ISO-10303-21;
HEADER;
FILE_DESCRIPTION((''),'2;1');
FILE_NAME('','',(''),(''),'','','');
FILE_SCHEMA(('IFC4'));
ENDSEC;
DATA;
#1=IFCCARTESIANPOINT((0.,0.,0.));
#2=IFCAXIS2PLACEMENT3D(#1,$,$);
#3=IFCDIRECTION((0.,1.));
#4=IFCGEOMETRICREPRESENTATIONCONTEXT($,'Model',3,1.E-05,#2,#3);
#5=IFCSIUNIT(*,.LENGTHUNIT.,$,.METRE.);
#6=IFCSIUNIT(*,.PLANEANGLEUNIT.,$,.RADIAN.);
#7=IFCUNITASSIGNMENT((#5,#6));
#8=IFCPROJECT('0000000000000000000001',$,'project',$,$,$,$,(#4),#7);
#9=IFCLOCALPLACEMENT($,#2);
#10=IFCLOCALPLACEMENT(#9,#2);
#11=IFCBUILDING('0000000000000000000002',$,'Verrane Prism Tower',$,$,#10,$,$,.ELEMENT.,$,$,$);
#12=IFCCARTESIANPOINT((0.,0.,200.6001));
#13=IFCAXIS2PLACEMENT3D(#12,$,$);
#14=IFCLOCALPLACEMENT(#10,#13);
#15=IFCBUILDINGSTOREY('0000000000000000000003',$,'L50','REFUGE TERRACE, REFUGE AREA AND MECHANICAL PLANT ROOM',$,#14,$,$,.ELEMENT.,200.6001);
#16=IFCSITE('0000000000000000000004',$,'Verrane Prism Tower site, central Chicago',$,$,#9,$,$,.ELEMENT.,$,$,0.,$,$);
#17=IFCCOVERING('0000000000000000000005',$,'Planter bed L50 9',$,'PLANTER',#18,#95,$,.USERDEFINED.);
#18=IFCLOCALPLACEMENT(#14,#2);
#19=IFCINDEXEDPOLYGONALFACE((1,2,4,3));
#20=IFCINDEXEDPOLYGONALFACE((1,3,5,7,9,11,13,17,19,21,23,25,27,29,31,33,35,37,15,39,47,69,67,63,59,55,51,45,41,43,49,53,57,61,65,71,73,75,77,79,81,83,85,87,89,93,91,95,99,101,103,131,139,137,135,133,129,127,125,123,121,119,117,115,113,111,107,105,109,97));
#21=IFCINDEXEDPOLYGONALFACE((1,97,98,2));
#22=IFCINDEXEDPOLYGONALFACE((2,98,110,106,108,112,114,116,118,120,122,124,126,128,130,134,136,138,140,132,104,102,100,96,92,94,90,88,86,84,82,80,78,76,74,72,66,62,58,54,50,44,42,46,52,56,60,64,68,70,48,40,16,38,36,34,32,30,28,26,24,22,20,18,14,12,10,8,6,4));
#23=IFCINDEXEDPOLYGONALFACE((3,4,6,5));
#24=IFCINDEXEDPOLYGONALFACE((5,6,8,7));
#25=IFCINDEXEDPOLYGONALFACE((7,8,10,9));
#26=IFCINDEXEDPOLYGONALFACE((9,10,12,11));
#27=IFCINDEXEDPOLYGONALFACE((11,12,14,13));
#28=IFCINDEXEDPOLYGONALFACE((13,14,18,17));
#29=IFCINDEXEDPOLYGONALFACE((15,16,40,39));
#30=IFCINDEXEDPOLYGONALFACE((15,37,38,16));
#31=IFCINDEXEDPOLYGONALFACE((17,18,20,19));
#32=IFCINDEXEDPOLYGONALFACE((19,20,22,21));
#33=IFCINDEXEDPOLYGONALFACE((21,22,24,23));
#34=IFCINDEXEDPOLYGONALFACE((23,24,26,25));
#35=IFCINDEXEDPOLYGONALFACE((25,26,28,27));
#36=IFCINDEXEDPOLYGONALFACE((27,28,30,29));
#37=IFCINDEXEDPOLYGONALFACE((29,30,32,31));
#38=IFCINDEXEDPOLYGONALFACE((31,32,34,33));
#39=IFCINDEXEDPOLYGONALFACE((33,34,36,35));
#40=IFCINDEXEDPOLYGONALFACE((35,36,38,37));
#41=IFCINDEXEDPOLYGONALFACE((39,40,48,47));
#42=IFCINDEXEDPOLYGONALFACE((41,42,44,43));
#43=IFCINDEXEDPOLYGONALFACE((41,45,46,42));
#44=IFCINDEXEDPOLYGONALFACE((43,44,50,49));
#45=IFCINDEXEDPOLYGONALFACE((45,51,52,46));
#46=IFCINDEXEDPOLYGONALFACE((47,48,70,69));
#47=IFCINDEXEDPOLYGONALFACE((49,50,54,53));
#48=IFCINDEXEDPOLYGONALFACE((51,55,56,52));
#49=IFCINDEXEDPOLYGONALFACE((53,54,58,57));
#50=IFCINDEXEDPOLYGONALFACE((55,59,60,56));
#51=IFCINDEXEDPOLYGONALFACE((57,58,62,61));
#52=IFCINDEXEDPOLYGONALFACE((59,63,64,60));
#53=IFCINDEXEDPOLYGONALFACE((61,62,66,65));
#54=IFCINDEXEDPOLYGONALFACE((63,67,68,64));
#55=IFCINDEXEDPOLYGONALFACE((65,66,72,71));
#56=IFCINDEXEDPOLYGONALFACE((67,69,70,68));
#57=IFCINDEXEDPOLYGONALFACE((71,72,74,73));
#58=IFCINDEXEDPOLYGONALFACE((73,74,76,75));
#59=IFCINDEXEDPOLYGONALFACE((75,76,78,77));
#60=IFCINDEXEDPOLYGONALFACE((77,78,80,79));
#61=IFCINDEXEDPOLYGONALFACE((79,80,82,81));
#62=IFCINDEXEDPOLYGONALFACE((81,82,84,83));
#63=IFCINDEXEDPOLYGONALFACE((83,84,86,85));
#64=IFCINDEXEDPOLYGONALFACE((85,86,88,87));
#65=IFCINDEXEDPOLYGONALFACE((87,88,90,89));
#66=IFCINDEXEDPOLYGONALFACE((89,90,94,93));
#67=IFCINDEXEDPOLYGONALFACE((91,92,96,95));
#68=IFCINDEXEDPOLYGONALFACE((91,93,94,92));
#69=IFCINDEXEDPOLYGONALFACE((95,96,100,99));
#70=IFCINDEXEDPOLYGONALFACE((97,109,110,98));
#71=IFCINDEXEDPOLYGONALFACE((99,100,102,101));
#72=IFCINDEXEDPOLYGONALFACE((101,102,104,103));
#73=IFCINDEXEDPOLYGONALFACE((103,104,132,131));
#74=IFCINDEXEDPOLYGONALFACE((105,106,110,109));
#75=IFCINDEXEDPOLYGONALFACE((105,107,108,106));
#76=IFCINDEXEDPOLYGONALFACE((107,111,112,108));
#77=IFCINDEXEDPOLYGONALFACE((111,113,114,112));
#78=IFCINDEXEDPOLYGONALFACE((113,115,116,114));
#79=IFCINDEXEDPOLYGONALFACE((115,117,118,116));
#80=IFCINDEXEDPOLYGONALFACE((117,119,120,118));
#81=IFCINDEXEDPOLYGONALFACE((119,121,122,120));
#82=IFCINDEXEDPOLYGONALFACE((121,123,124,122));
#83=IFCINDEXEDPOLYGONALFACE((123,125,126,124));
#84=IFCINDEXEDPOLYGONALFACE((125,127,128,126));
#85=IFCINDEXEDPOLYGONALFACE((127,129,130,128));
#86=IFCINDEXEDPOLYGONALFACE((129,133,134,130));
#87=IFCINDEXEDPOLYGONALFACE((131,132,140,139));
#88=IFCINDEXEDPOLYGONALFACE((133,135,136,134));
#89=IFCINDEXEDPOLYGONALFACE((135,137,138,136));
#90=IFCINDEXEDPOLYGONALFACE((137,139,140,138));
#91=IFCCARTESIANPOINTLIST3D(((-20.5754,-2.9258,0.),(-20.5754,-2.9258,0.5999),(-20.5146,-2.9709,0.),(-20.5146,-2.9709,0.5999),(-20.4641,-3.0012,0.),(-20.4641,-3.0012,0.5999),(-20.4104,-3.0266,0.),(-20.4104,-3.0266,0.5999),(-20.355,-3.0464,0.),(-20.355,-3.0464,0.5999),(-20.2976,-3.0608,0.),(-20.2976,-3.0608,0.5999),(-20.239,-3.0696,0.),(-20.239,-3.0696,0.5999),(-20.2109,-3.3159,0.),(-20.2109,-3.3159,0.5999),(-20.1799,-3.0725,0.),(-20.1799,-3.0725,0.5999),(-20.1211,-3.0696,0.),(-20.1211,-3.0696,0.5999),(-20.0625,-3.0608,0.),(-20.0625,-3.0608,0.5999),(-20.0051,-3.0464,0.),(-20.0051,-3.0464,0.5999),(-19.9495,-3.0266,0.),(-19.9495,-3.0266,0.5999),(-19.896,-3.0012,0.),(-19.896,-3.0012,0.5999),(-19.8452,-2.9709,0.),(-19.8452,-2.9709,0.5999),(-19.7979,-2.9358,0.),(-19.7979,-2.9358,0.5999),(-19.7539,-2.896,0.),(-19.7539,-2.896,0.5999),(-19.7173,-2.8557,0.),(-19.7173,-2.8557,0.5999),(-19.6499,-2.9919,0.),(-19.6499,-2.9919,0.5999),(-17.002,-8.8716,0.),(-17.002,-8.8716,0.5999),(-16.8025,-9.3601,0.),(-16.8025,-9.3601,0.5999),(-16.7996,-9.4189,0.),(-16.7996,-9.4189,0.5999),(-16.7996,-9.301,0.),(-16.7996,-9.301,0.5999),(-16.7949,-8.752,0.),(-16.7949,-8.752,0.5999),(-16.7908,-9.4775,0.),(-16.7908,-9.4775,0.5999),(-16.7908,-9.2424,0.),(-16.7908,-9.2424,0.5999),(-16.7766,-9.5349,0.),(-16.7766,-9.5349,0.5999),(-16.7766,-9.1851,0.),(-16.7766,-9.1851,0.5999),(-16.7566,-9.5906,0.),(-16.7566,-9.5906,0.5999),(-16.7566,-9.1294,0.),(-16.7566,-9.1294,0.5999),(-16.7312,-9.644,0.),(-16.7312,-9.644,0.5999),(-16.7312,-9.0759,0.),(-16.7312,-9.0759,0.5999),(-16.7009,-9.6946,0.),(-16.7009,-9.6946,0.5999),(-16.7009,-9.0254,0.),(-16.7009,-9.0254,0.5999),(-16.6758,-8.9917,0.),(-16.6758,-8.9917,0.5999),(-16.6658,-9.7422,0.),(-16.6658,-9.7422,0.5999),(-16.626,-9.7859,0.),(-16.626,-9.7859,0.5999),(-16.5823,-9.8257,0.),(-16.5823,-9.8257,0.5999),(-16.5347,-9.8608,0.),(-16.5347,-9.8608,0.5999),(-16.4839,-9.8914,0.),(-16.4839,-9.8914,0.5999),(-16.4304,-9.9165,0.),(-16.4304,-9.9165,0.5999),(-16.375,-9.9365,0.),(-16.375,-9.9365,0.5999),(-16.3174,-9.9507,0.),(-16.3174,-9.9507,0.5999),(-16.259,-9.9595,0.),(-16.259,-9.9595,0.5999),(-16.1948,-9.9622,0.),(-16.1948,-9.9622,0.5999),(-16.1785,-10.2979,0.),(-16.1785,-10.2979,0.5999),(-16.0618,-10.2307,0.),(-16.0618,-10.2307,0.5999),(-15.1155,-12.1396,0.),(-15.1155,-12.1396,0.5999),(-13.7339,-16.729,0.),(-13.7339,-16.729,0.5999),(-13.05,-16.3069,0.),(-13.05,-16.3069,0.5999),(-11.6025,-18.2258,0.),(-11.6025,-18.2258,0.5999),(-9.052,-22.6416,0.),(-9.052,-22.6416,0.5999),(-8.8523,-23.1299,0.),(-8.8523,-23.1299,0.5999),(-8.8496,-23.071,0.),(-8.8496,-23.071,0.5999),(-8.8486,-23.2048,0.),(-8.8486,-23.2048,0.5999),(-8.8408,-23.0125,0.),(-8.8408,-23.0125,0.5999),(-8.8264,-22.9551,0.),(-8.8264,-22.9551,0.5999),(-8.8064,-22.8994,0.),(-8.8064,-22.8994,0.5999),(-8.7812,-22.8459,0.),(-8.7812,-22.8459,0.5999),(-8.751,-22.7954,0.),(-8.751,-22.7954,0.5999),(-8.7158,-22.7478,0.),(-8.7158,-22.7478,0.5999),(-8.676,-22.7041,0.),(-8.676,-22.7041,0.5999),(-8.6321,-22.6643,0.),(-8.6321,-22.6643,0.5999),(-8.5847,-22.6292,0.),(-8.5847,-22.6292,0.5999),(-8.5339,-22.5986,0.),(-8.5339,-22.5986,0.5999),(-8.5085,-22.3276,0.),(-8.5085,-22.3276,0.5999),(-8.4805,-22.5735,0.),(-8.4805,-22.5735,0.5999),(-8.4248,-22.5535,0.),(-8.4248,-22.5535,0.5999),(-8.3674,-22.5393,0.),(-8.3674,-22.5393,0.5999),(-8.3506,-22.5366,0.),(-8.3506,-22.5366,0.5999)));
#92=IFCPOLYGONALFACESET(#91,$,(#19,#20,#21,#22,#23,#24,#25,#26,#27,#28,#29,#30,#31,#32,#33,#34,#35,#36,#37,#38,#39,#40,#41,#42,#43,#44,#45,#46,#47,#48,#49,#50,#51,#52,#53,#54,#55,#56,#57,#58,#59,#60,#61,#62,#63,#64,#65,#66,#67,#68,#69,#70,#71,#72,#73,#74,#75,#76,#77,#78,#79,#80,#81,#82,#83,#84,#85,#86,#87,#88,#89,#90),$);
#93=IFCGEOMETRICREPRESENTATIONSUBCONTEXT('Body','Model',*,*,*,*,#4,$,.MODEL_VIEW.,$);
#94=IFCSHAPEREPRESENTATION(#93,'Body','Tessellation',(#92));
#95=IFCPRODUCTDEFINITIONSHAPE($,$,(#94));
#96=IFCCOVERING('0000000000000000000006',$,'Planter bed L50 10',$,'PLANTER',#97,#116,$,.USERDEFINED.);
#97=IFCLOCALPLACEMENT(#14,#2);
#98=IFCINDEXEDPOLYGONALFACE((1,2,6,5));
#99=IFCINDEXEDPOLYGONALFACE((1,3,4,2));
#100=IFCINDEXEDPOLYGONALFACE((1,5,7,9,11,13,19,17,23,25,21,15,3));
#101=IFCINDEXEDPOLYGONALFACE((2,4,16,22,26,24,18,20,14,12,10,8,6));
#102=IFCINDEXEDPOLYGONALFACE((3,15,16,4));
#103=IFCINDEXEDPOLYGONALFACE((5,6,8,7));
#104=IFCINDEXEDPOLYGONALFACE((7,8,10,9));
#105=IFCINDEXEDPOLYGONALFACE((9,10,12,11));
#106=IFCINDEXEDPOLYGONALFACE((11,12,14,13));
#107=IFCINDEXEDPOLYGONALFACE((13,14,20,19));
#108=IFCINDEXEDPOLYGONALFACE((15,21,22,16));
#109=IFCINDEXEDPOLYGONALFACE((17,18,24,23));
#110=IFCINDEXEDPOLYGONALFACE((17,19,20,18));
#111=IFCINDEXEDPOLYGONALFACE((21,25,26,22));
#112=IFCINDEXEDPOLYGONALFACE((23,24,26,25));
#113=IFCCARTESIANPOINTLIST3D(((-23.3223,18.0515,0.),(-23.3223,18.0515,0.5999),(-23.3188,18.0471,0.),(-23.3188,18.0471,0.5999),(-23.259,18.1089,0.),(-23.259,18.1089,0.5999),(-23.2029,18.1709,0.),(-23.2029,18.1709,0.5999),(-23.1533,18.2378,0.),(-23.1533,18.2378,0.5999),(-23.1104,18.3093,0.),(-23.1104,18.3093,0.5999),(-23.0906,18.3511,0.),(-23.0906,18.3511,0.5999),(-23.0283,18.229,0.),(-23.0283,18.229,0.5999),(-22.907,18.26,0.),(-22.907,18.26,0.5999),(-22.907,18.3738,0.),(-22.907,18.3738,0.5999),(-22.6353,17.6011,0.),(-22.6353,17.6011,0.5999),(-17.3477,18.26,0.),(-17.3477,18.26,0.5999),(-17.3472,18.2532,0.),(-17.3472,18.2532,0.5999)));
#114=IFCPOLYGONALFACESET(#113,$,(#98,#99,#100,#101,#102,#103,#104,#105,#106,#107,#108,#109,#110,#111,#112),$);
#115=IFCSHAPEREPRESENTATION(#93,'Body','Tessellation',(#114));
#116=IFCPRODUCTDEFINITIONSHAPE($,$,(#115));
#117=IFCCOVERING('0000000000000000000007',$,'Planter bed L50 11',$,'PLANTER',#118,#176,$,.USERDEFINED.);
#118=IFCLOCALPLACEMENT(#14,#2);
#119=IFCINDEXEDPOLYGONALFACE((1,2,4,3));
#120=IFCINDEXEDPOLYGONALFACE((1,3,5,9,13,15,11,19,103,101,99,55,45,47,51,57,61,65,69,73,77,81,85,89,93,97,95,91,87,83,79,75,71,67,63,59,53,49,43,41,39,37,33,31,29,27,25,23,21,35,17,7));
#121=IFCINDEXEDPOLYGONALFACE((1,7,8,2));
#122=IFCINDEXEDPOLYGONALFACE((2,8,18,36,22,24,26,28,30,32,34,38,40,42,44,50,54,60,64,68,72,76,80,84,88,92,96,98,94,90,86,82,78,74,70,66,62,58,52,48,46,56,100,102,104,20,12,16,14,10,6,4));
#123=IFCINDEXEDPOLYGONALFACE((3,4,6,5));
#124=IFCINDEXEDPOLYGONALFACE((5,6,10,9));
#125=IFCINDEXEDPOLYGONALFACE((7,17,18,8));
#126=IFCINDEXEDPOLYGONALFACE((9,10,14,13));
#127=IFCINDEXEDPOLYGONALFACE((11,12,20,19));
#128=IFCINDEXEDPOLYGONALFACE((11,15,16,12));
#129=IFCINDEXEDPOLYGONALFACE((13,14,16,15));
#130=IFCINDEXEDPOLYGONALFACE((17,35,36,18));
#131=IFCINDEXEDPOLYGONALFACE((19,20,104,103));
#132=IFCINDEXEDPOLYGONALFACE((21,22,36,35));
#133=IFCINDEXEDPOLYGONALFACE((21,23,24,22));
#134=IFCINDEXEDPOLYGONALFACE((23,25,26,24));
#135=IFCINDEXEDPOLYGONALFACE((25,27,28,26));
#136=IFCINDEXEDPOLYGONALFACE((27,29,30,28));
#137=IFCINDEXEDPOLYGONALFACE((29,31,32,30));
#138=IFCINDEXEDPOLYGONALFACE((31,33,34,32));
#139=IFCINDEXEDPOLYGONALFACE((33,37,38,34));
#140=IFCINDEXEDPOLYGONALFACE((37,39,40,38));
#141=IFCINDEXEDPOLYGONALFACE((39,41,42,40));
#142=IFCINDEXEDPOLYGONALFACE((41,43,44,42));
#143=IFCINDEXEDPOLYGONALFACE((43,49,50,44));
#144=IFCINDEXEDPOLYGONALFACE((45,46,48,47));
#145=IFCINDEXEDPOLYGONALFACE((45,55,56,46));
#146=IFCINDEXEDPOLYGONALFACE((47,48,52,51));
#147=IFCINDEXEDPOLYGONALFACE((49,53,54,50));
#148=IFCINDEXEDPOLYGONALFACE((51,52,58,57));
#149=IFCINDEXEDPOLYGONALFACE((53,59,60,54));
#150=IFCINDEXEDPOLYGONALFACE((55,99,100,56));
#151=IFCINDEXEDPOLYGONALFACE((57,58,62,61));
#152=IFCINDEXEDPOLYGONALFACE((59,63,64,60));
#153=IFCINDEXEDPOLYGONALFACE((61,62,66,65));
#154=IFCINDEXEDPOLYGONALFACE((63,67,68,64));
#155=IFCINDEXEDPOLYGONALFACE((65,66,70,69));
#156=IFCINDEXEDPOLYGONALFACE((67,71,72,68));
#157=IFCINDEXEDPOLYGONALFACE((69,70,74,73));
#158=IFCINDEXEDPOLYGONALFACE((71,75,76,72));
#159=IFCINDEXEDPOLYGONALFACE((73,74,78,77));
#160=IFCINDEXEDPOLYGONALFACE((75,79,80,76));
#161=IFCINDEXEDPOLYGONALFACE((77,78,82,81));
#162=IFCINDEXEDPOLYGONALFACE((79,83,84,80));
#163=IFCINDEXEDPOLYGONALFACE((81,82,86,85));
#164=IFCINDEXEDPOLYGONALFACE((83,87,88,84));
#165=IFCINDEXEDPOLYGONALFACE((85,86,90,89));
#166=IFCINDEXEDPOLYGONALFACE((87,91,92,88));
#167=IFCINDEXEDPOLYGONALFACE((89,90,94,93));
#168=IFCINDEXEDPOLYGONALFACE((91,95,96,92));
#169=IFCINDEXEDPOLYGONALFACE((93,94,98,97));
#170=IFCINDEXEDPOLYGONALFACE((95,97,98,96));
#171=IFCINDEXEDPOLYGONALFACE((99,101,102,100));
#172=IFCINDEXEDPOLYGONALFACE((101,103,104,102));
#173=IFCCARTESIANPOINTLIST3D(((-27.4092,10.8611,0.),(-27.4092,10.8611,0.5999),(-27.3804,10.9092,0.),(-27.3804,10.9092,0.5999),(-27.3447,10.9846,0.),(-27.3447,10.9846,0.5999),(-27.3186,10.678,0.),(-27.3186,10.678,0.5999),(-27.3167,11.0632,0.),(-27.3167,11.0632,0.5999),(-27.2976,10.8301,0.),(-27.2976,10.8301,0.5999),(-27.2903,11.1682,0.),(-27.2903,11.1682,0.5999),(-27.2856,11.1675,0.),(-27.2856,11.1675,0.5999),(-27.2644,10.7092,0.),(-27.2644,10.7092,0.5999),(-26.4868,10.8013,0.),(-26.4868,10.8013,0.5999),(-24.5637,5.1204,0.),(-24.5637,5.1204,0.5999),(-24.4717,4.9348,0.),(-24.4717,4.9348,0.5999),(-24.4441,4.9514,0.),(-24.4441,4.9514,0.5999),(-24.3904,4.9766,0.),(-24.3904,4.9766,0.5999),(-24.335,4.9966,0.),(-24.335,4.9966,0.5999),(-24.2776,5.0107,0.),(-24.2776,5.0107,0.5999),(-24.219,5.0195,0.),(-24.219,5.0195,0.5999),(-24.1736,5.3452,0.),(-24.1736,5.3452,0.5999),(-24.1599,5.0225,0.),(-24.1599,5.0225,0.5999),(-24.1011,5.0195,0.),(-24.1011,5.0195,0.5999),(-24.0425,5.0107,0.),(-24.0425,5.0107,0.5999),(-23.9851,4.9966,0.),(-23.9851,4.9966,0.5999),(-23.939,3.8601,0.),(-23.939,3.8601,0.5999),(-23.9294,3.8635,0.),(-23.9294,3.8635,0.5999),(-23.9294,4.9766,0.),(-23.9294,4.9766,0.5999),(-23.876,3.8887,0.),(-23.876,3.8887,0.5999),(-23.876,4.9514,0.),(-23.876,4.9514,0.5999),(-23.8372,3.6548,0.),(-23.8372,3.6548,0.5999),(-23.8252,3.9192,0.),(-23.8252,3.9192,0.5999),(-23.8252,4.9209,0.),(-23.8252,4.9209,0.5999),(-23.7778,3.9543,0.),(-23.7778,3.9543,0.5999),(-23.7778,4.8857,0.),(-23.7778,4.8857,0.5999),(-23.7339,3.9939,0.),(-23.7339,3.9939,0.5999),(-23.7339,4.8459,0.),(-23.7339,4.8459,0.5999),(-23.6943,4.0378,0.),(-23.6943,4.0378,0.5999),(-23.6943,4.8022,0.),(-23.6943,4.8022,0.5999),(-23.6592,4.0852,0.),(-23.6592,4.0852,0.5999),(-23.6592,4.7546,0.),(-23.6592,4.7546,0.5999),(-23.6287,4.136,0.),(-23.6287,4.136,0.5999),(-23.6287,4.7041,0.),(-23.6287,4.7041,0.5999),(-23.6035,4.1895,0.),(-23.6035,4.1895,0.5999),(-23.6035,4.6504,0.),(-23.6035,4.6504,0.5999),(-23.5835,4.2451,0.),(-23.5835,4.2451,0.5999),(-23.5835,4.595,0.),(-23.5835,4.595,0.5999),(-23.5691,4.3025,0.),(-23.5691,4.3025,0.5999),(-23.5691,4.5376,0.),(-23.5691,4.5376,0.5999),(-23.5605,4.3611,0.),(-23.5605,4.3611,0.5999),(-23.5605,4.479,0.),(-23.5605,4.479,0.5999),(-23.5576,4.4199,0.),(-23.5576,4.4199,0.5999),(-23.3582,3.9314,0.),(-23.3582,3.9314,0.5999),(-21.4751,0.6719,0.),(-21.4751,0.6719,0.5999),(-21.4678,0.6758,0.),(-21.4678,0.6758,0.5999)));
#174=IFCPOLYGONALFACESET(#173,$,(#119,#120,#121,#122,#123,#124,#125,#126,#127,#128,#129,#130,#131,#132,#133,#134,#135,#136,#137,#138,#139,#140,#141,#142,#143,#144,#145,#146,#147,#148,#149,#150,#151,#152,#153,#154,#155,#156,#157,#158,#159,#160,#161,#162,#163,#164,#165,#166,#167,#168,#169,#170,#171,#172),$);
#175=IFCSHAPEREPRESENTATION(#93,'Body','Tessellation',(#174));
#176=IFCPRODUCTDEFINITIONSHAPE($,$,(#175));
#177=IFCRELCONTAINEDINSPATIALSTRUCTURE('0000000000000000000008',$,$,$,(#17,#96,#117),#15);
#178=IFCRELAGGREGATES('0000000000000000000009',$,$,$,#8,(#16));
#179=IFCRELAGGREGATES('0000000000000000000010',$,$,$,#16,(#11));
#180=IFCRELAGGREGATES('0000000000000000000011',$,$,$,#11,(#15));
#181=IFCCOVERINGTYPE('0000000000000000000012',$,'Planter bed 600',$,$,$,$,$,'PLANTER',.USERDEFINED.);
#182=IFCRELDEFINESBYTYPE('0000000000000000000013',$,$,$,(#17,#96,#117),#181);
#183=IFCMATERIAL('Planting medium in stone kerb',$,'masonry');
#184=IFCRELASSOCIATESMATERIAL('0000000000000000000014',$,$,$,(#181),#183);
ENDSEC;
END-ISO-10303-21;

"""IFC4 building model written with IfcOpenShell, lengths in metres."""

from ifc_helpers import new_model, si_unit, direction, frame, origin, place, context, subcontext, project, spatial, polyline, outline, extrude, material, type_object, element, save


model = new_model("IFC4")

# Units and contexts
model_context = context("Model", 3, precision=1e-05, world=origin(), true_north=direction((0.0, 1.0)))
body_context = subcontext(model_context, "Body", "Model", "MODEL_VIEW")
ifc_project = project(units=[si_unit("LENGTHUNIT", "METRE"), si_unit("PLANEANGLEUNIT", "RADIAN")], contexts=[model_context])

# Site, building, storey
site_placement = place(None, origin())
site = spatial("IfcSite", under=ifc_project, at=site_placement, Name="Verrane Prism Tower site, central Chicago", CompositionType="ELEMENT", RefElevation=0.0)
building_placement = place(site_placement, origin())
building = spatial("IfcBuilding", under=site, at=building_placement, Name="Verrane Prism Tower", CompositionType="ELEMENT")
storey_placement = place(building_placement, frame((0.0, 0.0, 200.6001)))
storey = spatial("IfcBuildingStorey", under=building, at=storey_placement, Name="L50", Description="REFUGE TERRACE, REFUGE AREA AND MECHANICAL PLANT ROOM", CompositionType="ELEMENT", Elevation=200.6001)

# Coverings
ifc_material_1 = material(Name="Planting medium in stone kerb", Category="masonry")
covering_type_1 = type_object("IfcCoveringType", Name="Planter bed 600", ElementType="PLANTER", PredefinedType="USERDEFINED", material=ifc_material_1)
covering_1_placement = place(storey_placement, origin())
element("IfcCovering", 1, at=covering_1_placement, inside=storey, type_object=covering_type_1, Name="Planter bed L50 9", ObjectType="PLANTER", PredefinedType="USERDEFINED", context=body_context, shape_type="SweptSolid", body=[
    extrude(outline(polyline([(-13.7339, -16.729), (-8.8486, -23.2048), (-8.8523, -23.1299), (-8.8496, -23.071), (-8.8408, -23.0125), (-8.8264, -22.9551), (-8.8064, -22.8994), (-8.7812, -22.8459), (-8.751, -22.7954), (-8.7158, -22.7478), (-8.676, -22.7041), (-8.6321, -22.6643), (-8.5847, -22.6292), (-8.5339, -22.5986), (-8.4805, -22.5735), (-8.4248, -22.5535), (-8.3674, -22.5393), (-8.3506, -22.5366), (-8.5085, -22.3276), (-9.052, -22.6416), (-11.6025, -18.2258), (-13.05, -16.3069), (-15.1155, -12.1396), (-16.1785, -10.2979), (-16.0618, -10.2307), (-16.1948, -9.9622), (-16.259, -9.9595), (-16.3174, -9.9507), (-16.375, -9.9365), (-16.4304, -9.9165), (-16.4839, -9.8914), (-16.5347, -9.8608), (-16.5823, -9.8257), (-16.626, -9.7859), (-16.6658, -9.7422), (-16.7009, -9.6946), (-16.7312, -9.644), (-16.7566, -9.5906), (-16.7766, -9.5349), (-16.7908, -9.4775), (-16.7996, -9.4189), (-16.8025, -9.3601), (-16.7996, -9.301), (-16.7908, -9.2424), (-16.7766, -9.1851), (-16.7566, -9.1294), (-16.7312, -9.0759), (-16.7009, -9.0254), (-16.6758, -8.9917), (-16.7949, -8.752), (-17.002, -8.8716), (-20.2109, -3.3159), (-19.6499, -2.9919), (-19.7173, -2.8557), (-19.7539, -2.896), (-19.7979, -2.9358), (-19.8452, -2.9709), (-19.896, -3.0012), (-19.9495, -3.0266), (-20.0051, -3.0464), (-20.0625, -3.0608), (-20.1211, -3.0696), (-20.1799, -3.0725), (-20.239, -3.0696), (-20.2976, -3.0608), (-20.355, -3.0464), (-20.4104, -3.0266), (-20.4641, -3.0012), (-20.5146, -2.9709), (-20.5754, -2.9258), (-13.7339, -16.729)])), origin(), (0.0, 0.0, 1.0), 0.5999),
])
covering_2_placement = place(storey_placement, origin())
element("IfcCovering", 2, at=covering_2_placement, inside=storey, type_object=covering_type_1, Name="Planter bed L50 10", ObjectType="PLANTER", PredefinedType="USERDEFINED", context=body_context, shape_type="SweptSolid", body=[
    extrude(outline(polyline([(-23.0283, 18.229), (-22.6353, 17.6011), (-17.3472, 18.2532), (-17.3477, 18.26), (-22.907, 18.26), (-22.907, 18.3738), (-23.0906, 18.3511), (-23.1104, 18.3093), (-23.1533, 18.2378), (-23.2029, 18.1709), (-23.259, 18.1089), (-23.3223, 18.0515), (-23.3188, 18.0471), (-23.0283, 18.229)])), origin(), (0.0, 0.0, 1.0), 0.5999),
])
covering_3_placement = place(storey_placement, origin())
element("IfcCovering", 3, at=covering_3_placement, inside=storey, type_object=covering_type_1, Name="Planter bed L50 11", ObjectType="PLANTER", PredefinedType="USERDEFINED", context=body_context, shape_type="SweptSolid", body=[
    extrude(outline(polyline([(-27.3167, 11.0632), (-27.3447, 10.9846), (-27.3804, 10.9092), (-27.4092, 10.8611), (-27.3186, 10.678), (-27.2644, 10.7092), (-24.1736, 5.3452), (-24.5637, 5.1204), (-24.4717, 4.9348), (-24.4441, 4.9514), (-24.3904, 4.9766), (-24.335, 4.9966), (-24.2776, 5.0107), (-24.219, 5.0195), (-24.1599, 5.0225), (-24.1011, 5.0195), (-24.0425, 5.0107), (-23.9851, 4.9966), (-23.9294, 4.9766), (-23.876, 4.9514), (-23.8252, 4.9209), (-23.7778, 4.8857), (-23.7339, 4.8459), (-23.6943, 4.8022), (-23.6592, 4.7546), (-23.6287, 4.7041), (-23.6035, 4.6504), (-23.5835, 4.595), (-23.5691, 4.5376), (-23.5605, 4.479), (-23.5576, 4.4199), (-23.5605, 4.3611), (-23.5691, 4.3025), (-23.5835, 4.2451), (-23.6035, 4.1895), (-23.6287, 4.136), (-23.6592, 4.0852), (-23.6943, 4.0378), (-23.7339, 3.9939), (-23.7778, 3.9543), (-23.8252, 3.9192), (-23.876, 3.8887), (-23.9294, 3.8635), (-23.939, 3.8601), (-23.8372, 3.6548), (-23.3582, 3.9314), (-21.4751, 0.6719), (-21.4678, 0.6758), (-26.4868, 10.8013), (-27.2976, 10.8301), (-27.2856, 11.1675), (-27.2903, 11.1682), (-27.3167, 11.0632)])), origin(), (0.0, 0.0, 1.0), 0.5999),
])

save(model, "model.ifc")
